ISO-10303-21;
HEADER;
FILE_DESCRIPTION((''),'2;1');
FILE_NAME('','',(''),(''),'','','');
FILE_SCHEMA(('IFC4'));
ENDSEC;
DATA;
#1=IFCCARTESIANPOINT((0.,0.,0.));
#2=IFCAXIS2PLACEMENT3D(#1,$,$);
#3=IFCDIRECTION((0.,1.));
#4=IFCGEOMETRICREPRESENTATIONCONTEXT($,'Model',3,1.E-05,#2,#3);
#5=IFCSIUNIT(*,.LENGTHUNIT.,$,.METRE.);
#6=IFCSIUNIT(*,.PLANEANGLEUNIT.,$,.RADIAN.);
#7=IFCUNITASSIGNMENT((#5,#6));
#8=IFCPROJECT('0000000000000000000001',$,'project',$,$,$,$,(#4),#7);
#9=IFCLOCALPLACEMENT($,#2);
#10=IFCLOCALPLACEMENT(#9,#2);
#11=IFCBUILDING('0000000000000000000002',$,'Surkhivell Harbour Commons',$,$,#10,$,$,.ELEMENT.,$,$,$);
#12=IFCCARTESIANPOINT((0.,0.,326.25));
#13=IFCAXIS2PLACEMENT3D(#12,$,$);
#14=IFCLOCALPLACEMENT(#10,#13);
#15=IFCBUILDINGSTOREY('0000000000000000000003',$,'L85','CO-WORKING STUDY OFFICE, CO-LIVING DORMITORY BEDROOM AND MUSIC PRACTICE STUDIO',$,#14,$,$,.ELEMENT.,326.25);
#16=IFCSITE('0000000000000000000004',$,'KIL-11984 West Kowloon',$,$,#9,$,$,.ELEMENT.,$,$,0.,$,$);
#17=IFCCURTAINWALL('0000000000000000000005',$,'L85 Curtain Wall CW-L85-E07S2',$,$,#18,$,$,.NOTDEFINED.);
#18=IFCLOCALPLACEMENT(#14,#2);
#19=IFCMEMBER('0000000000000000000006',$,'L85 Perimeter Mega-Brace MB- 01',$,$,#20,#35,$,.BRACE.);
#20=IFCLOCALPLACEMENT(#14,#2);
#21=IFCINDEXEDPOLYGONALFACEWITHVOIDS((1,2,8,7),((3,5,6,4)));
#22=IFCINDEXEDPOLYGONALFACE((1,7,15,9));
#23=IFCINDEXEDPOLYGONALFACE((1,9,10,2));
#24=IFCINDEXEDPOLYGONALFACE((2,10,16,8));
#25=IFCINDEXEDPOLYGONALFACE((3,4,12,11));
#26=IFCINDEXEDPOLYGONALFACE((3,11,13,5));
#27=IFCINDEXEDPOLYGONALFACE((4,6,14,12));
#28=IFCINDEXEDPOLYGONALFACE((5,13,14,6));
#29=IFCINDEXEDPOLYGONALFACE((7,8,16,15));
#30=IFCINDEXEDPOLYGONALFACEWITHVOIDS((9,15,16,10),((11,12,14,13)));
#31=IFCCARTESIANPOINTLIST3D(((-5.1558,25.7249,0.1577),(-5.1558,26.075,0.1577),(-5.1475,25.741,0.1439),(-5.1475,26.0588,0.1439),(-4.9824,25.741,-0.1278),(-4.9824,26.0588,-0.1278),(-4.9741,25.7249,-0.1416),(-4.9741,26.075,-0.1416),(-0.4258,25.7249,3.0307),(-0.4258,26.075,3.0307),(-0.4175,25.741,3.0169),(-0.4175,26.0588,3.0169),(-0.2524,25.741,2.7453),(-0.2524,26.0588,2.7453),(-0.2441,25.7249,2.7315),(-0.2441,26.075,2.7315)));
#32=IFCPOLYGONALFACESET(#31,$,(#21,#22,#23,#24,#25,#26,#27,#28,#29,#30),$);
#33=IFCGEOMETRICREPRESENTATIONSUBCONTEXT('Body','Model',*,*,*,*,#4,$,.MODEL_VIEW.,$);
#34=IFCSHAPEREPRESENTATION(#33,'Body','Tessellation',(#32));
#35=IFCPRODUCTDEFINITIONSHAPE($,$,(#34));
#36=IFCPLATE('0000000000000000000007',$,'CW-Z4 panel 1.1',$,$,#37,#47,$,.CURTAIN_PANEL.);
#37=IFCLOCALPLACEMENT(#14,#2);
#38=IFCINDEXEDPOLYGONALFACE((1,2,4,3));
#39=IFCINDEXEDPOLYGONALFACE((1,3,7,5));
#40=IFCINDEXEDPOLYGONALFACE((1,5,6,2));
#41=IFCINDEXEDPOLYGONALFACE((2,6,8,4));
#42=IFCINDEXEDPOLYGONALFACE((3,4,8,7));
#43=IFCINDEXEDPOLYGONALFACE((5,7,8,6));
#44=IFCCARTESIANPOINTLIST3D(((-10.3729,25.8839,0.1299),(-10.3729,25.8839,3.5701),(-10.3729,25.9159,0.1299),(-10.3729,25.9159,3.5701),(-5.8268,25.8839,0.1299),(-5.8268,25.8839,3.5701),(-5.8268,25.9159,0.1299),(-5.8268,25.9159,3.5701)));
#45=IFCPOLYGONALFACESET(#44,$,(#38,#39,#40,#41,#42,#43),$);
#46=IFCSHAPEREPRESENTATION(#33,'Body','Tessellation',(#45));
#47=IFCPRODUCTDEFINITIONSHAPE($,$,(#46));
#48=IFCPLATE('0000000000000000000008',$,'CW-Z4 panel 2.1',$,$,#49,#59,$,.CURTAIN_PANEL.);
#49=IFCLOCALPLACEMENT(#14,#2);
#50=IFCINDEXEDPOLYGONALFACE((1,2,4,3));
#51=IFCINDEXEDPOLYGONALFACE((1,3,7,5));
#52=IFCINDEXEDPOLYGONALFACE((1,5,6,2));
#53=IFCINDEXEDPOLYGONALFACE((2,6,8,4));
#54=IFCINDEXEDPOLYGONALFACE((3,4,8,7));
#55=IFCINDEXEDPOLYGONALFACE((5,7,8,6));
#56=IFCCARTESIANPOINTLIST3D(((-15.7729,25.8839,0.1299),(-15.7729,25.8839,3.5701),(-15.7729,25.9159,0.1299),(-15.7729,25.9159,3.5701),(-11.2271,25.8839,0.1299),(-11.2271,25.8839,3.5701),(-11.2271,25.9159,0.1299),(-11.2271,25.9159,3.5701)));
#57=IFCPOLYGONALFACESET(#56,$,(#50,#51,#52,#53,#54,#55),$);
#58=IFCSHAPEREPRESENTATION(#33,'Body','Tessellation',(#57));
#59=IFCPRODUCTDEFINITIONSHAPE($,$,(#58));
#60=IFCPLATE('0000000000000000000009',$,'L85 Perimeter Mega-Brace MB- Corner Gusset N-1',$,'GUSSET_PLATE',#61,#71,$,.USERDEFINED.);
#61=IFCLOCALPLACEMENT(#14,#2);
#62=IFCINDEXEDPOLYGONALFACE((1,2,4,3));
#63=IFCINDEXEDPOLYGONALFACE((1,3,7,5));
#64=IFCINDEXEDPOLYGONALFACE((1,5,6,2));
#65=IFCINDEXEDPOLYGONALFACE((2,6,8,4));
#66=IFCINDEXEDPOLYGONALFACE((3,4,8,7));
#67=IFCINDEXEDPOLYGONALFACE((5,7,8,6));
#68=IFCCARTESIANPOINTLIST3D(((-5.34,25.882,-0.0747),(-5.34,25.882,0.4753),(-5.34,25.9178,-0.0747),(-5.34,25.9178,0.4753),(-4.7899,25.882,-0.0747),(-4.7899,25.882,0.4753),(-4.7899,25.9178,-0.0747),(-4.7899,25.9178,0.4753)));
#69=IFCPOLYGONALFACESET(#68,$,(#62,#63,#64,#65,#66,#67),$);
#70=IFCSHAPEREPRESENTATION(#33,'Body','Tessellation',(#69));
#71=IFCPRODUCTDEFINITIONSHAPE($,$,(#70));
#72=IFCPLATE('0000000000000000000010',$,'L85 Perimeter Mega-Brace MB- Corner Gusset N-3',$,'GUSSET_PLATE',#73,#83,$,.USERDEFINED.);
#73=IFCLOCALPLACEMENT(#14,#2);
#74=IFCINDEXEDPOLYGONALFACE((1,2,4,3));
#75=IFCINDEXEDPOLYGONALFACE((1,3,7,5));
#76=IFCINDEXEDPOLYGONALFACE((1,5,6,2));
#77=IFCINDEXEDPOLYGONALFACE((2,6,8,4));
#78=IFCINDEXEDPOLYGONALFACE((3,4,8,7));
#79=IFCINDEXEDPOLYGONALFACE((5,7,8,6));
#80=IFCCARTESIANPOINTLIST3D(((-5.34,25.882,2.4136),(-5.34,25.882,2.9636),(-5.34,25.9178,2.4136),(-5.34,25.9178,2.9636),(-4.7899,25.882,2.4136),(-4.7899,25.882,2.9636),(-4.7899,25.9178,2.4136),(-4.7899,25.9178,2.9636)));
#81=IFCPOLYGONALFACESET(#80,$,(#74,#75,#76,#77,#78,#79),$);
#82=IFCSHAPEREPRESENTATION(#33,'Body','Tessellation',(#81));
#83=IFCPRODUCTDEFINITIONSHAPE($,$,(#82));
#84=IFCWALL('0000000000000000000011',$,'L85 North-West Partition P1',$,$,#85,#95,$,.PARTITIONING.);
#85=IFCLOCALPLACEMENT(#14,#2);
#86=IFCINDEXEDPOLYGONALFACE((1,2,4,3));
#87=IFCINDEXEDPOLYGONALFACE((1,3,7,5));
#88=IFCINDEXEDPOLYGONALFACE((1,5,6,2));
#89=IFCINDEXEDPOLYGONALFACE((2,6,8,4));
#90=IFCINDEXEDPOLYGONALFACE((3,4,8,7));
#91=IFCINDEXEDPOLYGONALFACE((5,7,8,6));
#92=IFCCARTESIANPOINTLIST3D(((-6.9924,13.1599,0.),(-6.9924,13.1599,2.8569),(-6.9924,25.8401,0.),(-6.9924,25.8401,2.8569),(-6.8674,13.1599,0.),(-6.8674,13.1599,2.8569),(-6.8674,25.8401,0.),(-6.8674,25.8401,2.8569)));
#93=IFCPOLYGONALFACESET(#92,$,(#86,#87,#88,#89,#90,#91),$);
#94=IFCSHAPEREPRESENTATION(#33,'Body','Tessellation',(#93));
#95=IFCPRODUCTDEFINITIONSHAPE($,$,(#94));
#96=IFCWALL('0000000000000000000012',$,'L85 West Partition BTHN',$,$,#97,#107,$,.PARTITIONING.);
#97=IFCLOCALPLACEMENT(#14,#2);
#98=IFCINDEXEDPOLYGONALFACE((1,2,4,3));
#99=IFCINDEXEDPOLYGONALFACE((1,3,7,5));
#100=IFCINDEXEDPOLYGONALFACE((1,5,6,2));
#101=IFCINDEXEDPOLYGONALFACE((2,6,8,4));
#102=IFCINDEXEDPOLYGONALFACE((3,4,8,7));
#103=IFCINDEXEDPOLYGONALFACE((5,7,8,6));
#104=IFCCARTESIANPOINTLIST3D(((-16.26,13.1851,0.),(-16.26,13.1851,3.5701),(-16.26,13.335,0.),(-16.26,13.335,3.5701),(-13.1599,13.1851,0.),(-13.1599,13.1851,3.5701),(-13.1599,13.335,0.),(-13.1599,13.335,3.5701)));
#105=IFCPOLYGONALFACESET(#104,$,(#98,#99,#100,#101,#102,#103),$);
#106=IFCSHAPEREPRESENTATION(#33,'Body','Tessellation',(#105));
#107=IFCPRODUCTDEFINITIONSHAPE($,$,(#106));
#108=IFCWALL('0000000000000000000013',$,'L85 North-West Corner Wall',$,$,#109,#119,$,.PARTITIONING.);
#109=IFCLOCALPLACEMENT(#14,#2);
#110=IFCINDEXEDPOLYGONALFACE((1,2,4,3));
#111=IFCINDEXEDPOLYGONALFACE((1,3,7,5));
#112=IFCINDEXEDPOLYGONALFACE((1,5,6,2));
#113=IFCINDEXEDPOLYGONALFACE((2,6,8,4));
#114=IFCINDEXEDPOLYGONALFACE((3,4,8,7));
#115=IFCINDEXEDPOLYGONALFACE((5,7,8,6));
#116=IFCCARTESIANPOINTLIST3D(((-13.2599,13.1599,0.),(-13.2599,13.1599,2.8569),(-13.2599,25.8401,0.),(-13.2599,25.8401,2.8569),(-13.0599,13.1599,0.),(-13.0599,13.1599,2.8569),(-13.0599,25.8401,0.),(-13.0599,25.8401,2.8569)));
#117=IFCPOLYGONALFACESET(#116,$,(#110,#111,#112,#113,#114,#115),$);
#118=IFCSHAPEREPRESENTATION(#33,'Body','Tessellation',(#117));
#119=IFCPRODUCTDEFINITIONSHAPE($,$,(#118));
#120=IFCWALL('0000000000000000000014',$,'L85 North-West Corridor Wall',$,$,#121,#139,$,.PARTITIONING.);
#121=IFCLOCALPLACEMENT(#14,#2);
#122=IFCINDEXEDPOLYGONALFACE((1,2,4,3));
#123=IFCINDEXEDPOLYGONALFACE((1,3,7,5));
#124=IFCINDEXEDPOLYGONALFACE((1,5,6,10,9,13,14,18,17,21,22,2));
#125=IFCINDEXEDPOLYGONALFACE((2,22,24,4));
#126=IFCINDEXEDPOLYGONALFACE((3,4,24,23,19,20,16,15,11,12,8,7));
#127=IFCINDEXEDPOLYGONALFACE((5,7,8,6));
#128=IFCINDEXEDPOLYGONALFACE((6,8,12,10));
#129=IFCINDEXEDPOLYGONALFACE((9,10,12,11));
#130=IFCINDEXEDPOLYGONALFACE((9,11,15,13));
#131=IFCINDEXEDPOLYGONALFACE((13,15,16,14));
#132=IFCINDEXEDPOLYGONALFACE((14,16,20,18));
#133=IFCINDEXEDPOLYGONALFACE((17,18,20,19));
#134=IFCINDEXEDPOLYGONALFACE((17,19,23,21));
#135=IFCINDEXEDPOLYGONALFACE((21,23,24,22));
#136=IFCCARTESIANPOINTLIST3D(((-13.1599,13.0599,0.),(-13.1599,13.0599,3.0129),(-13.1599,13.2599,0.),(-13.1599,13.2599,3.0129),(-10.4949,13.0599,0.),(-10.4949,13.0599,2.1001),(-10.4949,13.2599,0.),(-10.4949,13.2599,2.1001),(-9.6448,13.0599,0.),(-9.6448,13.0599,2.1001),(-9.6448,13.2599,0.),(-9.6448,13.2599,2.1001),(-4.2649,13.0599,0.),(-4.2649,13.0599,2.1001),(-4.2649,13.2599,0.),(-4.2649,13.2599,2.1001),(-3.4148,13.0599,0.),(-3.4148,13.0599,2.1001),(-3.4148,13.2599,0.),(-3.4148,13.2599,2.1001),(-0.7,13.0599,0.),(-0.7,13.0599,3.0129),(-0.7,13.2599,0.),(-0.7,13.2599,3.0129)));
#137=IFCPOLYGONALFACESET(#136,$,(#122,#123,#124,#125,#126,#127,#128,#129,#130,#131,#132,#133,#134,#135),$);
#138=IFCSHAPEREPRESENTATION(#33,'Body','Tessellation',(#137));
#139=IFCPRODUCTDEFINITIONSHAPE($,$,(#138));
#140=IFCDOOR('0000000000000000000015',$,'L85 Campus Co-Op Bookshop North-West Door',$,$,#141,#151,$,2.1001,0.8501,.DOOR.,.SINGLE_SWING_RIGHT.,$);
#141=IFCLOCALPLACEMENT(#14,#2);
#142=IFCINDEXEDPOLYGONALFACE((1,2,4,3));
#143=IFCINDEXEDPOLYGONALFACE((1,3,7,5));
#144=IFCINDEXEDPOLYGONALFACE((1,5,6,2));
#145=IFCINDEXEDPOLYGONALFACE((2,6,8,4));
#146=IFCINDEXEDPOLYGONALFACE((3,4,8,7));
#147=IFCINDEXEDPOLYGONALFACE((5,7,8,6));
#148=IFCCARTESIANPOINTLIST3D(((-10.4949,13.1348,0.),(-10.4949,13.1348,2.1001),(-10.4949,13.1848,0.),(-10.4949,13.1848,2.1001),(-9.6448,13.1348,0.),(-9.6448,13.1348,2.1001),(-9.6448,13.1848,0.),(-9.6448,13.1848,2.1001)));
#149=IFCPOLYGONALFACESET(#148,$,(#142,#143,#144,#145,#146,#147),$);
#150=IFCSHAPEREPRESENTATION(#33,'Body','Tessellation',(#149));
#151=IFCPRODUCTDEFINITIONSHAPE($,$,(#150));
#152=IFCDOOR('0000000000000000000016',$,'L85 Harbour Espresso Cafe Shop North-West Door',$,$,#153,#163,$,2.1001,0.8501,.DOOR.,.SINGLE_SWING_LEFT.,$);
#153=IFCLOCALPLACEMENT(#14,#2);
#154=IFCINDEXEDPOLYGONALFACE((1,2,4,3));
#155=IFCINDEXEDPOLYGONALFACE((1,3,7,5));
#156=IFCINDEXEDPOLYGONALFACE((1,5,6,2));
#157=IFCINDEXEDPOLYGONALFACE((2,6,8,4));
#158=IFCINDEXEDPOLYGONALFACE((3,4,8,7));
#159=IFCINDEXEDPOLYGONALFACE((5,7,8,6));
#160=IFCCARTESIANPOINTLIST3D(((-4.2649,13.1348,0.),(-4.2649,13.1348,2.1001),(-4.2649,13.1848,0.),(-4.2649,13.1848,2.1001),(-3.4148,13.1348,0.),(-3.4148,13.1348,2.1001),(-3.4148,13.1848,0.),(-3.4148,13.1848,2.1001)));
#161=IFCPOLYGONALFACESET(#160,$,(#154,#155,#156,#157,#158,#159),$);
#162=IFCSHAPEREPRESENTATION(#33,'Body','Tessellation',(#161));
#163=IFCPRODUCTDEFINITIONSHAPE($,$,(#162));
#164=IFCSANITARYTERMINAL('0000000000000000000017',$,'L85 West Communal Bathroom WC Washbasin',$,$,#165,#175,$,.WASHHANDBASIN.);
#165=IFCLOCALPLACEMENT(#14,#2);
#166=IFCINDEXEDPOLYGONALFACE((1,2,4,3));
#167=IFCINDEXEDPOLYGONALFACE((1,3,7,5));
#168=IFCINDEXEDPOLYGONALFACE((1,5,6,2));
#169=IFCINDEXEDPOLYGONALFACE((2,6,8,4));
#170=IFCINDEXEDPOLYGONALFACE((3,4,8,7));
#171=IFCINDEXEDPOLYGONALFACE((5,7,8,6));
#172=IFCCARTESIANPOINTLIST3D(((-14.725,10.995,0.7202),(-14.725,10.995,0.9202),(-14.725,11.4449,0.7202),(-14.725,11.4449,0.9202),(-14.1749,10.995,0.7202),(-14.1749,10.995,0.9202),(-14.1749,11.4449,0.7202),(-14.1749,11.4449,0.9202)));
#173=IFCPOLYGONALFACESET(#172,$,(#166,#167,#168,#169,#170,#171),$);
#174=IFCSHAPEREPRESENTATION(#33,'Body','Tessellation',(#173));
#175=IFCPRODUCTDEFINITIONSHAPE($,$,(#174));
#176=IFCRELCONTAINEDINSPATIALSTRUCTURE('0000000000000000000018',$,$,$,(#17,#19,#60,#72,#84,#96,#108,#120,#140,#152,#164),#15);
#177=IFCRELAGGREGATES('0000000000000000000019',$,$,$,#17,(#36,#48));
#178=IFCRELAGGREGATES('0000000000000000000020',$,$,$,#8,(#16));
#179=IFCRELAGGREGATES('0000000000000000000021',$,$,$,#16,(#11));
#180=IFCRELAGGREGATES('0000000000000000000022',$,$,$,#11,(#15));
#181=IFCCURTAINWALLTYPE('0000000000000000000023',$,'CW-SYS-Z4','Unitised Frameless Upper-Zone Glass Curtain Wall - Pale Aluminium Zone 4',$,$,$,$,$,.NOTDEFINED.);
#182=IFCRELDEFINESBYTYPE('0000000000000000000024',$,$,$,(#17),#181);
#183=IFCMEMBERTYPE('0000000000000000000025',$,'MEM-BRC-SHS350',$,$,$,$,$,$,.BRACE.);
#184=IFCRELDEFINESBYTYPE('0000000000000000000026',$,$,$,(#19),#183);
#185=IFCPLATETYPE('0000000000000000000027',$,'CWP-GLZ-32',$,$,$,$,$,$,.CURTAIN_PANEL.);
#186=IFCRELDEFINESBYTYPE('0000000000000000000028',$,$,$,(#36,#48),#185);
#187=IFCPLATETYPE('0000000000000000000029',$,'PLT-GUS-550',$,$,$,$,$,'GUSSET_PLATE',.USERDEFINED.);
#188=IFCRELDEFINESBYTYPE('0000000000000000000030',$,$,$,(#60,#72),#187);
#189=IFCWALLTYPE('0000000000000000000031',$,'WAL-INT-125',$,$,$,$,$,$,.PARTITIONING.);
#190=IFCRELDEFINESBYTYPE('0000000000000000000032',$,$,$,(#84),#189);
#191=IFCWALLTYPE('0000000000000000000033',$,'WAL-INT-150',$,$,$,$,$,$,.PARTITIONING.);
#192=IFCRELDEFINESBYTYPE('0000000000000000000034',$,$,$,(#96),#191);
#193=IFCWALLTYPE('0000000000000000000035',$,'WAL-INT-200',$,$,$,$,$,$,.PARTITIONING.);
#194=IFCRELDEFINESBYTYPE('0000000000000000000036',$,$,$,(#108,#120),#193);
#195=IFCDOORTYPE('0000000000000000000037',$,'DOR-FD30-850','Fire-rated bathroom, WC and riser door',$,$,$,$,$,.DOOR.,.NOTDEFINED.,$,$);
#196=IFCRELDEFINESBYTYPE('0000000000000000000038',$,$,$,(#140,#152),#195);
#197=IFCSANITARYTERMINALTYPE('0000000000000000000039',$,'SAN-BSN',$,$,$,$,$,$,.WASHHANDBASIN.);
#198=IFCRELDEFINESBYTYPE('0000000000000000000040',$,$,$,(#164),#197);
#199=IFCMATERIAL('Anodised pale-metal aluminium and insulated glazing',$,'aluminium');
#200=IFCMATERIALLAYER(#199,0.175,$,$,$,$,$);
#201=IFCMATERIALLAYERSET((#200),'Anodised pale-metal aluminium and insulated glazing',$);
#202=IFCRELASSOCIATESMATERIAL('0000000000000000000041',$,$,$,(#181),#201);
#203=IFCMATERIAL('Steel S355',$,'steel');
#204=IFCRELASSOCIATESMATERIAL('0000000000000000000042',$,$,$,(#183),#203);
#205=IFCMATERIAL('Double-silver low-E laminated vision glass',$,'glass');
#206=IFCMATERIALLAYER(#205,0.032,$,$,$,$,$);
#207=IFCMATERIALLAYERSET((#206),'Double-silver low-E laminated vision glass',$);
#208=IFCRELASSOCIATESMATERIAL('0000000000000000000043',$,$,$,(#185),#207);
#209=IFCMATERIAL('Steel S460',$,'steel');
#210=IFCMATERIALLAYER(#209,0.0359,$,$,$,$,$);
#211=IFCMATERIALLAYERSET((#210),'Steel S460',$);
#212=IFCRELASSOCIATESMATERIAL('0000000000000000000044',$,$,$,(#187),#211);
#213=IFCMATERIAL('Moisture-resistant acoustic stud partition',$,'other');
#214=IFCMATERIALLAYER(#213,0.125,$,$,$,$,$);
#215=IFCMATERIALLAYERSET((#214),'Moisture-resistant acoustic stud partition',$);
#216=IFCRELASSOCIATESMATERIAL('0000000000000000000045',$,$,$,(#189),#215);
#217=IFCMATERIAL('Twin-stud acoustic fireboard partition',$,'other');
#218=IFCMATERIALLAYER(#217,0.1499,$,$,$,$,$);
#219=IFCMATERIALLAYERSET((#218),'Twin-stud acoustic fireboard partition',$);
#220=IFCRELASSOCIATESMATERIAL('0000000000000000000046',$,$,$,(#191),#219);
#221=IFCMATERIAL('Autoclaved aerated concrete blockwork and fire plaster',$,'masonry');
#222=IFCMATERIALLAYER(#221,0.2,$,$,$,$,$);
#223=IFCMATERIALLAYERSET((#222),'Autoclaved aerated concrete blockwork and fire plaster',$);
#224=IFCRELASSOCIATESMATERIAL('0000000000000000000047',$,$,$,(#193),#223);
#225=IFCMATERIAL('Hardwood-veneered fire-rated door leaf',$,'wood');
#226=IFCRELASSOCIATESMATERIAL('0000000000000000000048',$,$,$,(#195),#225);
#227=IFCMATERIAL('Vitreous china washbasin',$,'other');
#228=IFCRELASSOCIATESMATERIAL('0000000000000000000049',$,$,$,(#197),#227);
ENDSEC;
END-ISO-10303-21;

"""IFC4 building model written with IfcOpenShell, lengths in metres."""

from ifc_helpers import new_model, si_unit, direction, frame, frame_2d, origin, origin_2d, place, context, subcontext, project, spatial, rectangle, hollow_rectangle, extrude, material, layer, layer_set, material_profile, profile_set, type_object, element, fill, aggregate, save


model = new_model("IFC4")

# Units and contexts
model_context = context("Model", 3, precision=1e-05, world=origin(), true_north=direction((0.0, 1.0)))
body_context = subcontext(model_context, "Body", "Model", "MODEL_VIEW")
ifc_project = project(units=[si_unit("LENGTHUNIT", "METRE"), si_unit("PLANEANGLEUNIT", "RADIAN")], contexts=[model_context])

# Site, building, storey
site_placement = place(None, origin())
site = spatial("IfcSite", under=ifc_project, at=site_placement, Name="KIL-11984 West Kowloon", CompositionType="ELEMENT", RefElevation=0.0)
building_placement = place(site_placement, origin())
building = spatial("IfcBuilding", under=site, at=building_placement, Name="Surkhivell Harbour Commons", CompositionType="ELEMENT")
storey_placement = place(building_placement, frame((0.0, 0.0, 326.25)))
storey = spatial("IfcBuildingStorey", under=building, at=storey_placement, Name="L85", Description="CO-WORKING STUDY OFFICE, CO-LIVING DORMITORY BEDROOM AND MUSIC PRACTICE STUDIO", CompositionType="ELEMENT", Elevation=326.25)

# Shared definitions
ifc_material_1 = material(Name="Steel S355", Category="steel")

# Curtain wall
ifc_material_2 = material(Name="Anodised pale-metal aluminium and insulated glazing", Category="aluminium")
ifc_layer_1 = layer(ifc_material_2, 0.175)
ifc_layer_set_1 = layer_set([ifc_layer_1], Name="Anodised pale-metal aluminium and insulated glazing")
curtain_wall_type = type_object("IfcCurtainWallType", Name="CW-SYS-Z4", Description="Unitised Frameless Upper-Zone Glass Curtain Wall - Pale Aluminium Zone 4", PredefinedType="NOTDEFINED", material=ifc_layer_set_1)
curtain_wall_placement = place(storey_placement, origin())
curtain_wall = element("IfcCurtainWall", 1, at=curtain_wall_placement, inside=storey, type_object=curtain_wall_type, Name="L85 Curtain Wall CW-L85-E07S2", PredefinedType="NOTDEFINED")

# Member
ifc_material_profile_1 = material_profile(ifc_material_1, hollow_rectangle(XDim=0.3501, YDim=0.3501, WallThickness=0.0161, at=origin_2d()), Name="SHS350x350x16")
ifc_profile_set_1 = profile_set([ifc_material_profile_1], Name="Steel S355")
member_type_1 = type_object("IfcMemberType", Name="MEM-BRC-SHS350", PredefinedType="BRACE", material=ifc_profile_set_1)
member_1_placement = place(storey_placement, frame((-5.0649, 25.8999, 0.0081), z_axis=(0.854685, 0.0, 0.519146), x_axis=(0.0, 1.0, 0.0)))
element("IfcMember", 2, at=member_1_placement, inside=storey, type_object=member_type_1, Name="L85 Perimeter Mega-Brace MB- 01", PredefinedType="BRACE", context=body_context, shape_type="SweptSolid", body=[
    extrude(hollow_rectangle(XDim=0.3501, YDim=0.3501, WallThickness=0.0161, at=origin_2d()), origin(), (0.0, 0.0, 1.0), 5.5342),
])

# Plates
ifc_material_3 = material(Name="Double-silver low-E laminated vision glass", Category="glass")
ifc_layer_2 = layer(ifc_material_3, 0.032)
ifc_layer_set_2 = layer_set([ifc_layer_2], Name="Double-silver low-E laminated vision glass")
plate_type_1 = type_object("IfcPlateType", Name="CWP-GLZ-32", PredefinedType="CURTAIN_PANEL", material=ifc_layer_set_2)
plate_1_placement = place(storey_placement, frame((-5.8269, 25.8999, 0.1299), z_axis=(0.0, 0.0, 1.0), x_axis=(-1.0, 0.0, 0.0)))
plate_1 = element("IfcPlate", 3, at=plate_1_placement, type_object=plate_type_1, Name="CW-Z4 panel 1.1", PredefinedType="CURTAIN_PANEL", context=body_context, shape_type="SweptSolid", body=[
    extrude(rectangle(XDim=4.5461, YDim=0.032, at=frame_2d((2.2729, 0.0))), origin(), (0.0, 0.0, 1.0), 3.4402),
])
plate_2_placement = place(storey_placement, frame((-11.2271, 25.8999, 0.1299), z_axis=(0.0, 0.0, 1.0), x_axis=(-1.0, 0.0, 0.0)))
plate_2 = element("IfcPlate", 4, at=plate_2_placement, type_object=plate_type_1, Name="CW-Z4 panel 2.1", PredefinedType="CURTAIN_PANEL", context=body_context, shape_type="SweptSolid", body=[
    extrude(rectangle(XDim=4.5459, YDim=0.032, at=frame_2d((2.2729, 0.0))), origin(), (0.0, 0.0, 1.0), 3.4402),
])
aggregate(curtain_wall, [plate_1, plate_2])

# Plates
ifc_material_4 = material(Name="Steel S460", Category="steel")
ifc_layer_3 = layer(ifc_material_4, 0.0359)
ifc_layer_set_3 = layer_set([ifc_layer_3], Name="Steel S460")
plate_type_2 = type_object("IfcPlateType", Name="PLT-GUS-550", ElementType="GUSSET_PLATE", PredefinedType="USERDEFINED", material=ifc_layer_set_3)
for number, where, z_axis, x_axis, name in (
    (5, (-5.0649, 25.8999, -0.0747), (0.0, 0.0, 1.0), (1.0, 0.0, 0.0), "L85 Perimeter Mega-Brace MB- Corner Gusset N-1"),
    (6, (-5.0649, 25.8999, 2.4136), (0.0, 0.0, 1.0), (1.0, 0.0, 0.0), "L85 Perimeter Mega-Brace MB- Corner Gusset N-3"),
):
    element("IfcPlate", number, at=place(storey_placement, frame(where, z_axis=z_axis, x_axis=x_axis)), inside=storey, type_object=plate_type_2, Name=name, ObjectType="GUSSET_PLATE", PredefinedType="USERDEFINED", context=body_context, shape_type="SweptSolid", body=[
        extrude(rectangle(XDim=0.55, YDim=0.0359, at=origin_2d()), origin(), (0.0, 0.0, 1.0), 0.55),
    ])

# Walls
ifc_material_5 = material(Name="Moisture-resistant acoustic stud partition", Category="other")
ifc_layer_4 = layer(ifc_material_5, 0.125)
ifc_layer_set_4 = layer_set([ifc_layer_4], Name="Moisture-resistant acoustic stud partition")
wall_type_1 = type_object("IfcWallType", Name="WAL-INT-125", PredefinedType="PARTITIONING", material=ifc_layer_set_4)
wall_1_placement = place(storey_placement, frame((-6.9299, 13.1599, 0.0), z_axis=(0.0, 0.0, 1.0), x_axis=(0.0, 1.0, 0.0)))
element("IfcWall", 7, at=wall_1_placement, inside=storey, type_object=wall_type_1, Name="L85 North-West Partition P1", PredefinedType="PARTITIONING", context=body_context, shape_type="SweptSolid", body=[
    extrude(rectangle(XDim=12.6802, YDim=0.125, at=frame_2d((6.3401, 0.0))), origin(), (0.0, 0.0, 1.0), 2.8569),
])
ifc_material_6 = material(Name="Twin-stud acoustic fireboard partition", Category="other")
ifc_layer_5 = layer(ifc_material_6, 0.1499)
ifc_layer_set_5 = layer_set([ifc_layer_5], Name="Twin-stud acoustic fireboard partition")
wall_type_2 = type_object("IfcWallType", Name="WAL-INT-150", PredefinedType="PARTITIONING", material=ifc_layer_set_5)
wall_2_placement = place(storey_placement, frame((-16.26, 13.26, 0.0), z_axis=(0.0, 0.0, 1.0), x_axis=(1.0, 0.0, 0.0)))
element("IfcWall", 8, at=wall_2_placement, inside=storey, type_object=wall_type_2, Name="L85 West Partition BTHN", PredefinedType="PARTITIONING", context=body_context, shape_type="SweptSolid", body=[
    extrude(rectangle(XDim=3.1001, YDim=0.1499, at=frame_2d((1.55, 0.0))), origin(), (0.0, 0.0, 1.0), 3.5701),
])
ifc_material_7 = material(Name="Autoclaved aerated concrete blockwork and fire plaster", Category="masonry")
ifc_layer_6 = layer(ifc_material_7, 0.2)
ifc_layer_set_6 = layer_set([ifc_layer_6], Name="Autoclaved aerated concrete blockwork and fire plaster")
wall_type_3 = type_object("IfcWallType", Name="WAL-INT-200", PredefinedType="PARTITIONING", material=ifc_layer_set_6)
wall_3_placement = place(storey_placement, frame((-13.1599, 13.1599, 0.0), z_axis=(0.0, 0.0, 1.0), x_axis=(0.0, 1.0, 0.0)))
element("IfcWall", 9, at=wall_3_placement, inside=storey, type_object=wall_type_3, Name="L85 North-West Corner Wall", PredefinedType="PARTITIONING", context=body_context, shape_type="SweptSolid", body=[
    extrude(rectangle(XDim=12.6802, YDim=0.2, at=frame_2d((6.3401, 0.0))), origin(), (0.0, 0.0, 1.0), 2.8569),
])

# Wall, openings, doors
wall_4_placement = place(storey_placement, frame((-13.1599, 13.1599, 0.0), z_axis=(0.0, 0.0, 1.0), x_axis=(1.0, 0.0, 0.0)))
wall_4 = element("IfcWall", 10, at=wall_4_placement, inside=storey, type_object=wall_type_3, Name="L85 North-West Corridor Wall", PredefinedType="PARTITIONING", context=body_context, shape_type="SweptSolid", body=[
    extrude(rectangle(XDim=12.46, YDim=0.2, at=frame_2d((6.23, 0.0))), origin(), (0.0, 0.0, 1.0), 3.0129),
])
opening_1_placement = place(wall_4_placement, frame((2.665, 0.0, 0.0)))
opening_1 = element("IfcOpeningElement", 11, at=opening_1_placement, cuts=wall_4, PredefinedType="OPENING", context=body_context, shape_type="SweptSolid", body=[
    extrude(rectangle(XDim=0.8501, YDim=2.1001, at=frame_2d((0.425, 1.05))), frame((0.0, 0.1099, 0.0), z_axis=(0.0, -1.0, 0.0), x_axis=(1.0, 0.0, 0.0)), (0.0, 0.0, 1.0), 0.22),
])
opening_2_placement = place(wall_4_placement, frame((8.895, 0.0, 0.0)))
opening_2 = element("IfcOpeningElement", 12, at=opening_2_placement, cuts=wall_4, PredefinedType="OPENING", context=body_context, shape_type="SweptSolid", body=[
    extrude(rectangle(XDim=0.8501, YDim=2.1001, at=frame_2d((0.425, 1.05))), frame((0.0, 0.1099, 0.0), z_axis=(0.0, -1.0, 0.0), x_axis=(1.0, 0.0, 0.0)), (0.0, 0.0, 1.0), 0.22),
])
ifc_material_8 = material(Name="Hardwood-veneered fire-rated door leaf", Category="wood")
door_type = type_object("IfcDoorType", Name="DOR-FD30-850", Description="Fire-rated bathroom, WC and riser door", OperationType="NOTDEFINED", PredefinedType="DOOR", material=ifc_material_8)
door_1_placement = place(opening_1_placement, origin())
door_1 = element("IfcDoor", 13, at=door_1_placement, inside=storey, type_object=door_type, Name="L85 Campus Co-Op Bookshop North-West Door", OperationType="SINGLE_SWING_RIGHT", OverallHeight=2.1001, OverallWidth=0.8501, PredefinedType="DOOR", context=body_context, shape_type="SweptSolid", body=[
    extrude(rectangle(XDim=0.8501, YDim=2.1001, at=frame_2d((0.425, 1.05))), frame((0.0, 0.0249, 0.0), z_axis=(0.0, -1.0, 0.0), x_axis=(1.0, 0.0, 0.0)), (0.0, 0.0, 1.0), 0.05),
])
fill(opening_1, door_1)
door_2_placement = place(opening_2_placement, origin())
door_2 = element("IfcDoor", 14, at=door_2_placement, inside=storey, type_object=door_type, Name="L85 Harbour Espresso Cafe Shop North-West Door", OperationType="SINGLE_SWING_LEFT", OverallHeight=2.1001, OverallWidth=0.8501, PredefinedType="DOOR", context=body_context, shape_type="SweptSolid", body=[
    extrude(rectangle(XDim=0.8501, YDim=2.1001, at=frame_2d((0.425, 1.05))), frame((0.0, 0.0249, 0.0), z_axis=(0.0, -1.0, 0.0), x_axis=(1.0, 0.0, 0.0)), (0.0, 0.0, 1.0), 0.05),
])
fill(opening_2, door_2)

# Sanitary terminal
ifc_material_9 = material(Name="Vitreous china washbasin", Category="other")
sanitary_terminal_type_1 = type_object("IfcSanitaryTerminalType", Name="SAN-BSN", PredefinedType="WASHHANDBASIN", material=ifc_material_9)
sanitary_terminal_1_placement = place(storey_placement, frame((-14.45, 11.22, 0.7202), z_axis=(0.0, 0.0, 1.0), x_axis=(1.0, 0.0, 0.0)))
element("IfcSanitaryTerminal", 15, at=sanitary_terminal_1_placement, inside=storey, type_object=sanitary_terminal_type_1, Name="L85 West Communal Bathroom WC Washbasin", PredefinedType="WASHHANDBASIN", context=body_context, shape_type="SweptSolid", body=[
    extrude(rectangle(XDim=0.55, YDim=0.45, at=origin_2d()), origin(), (0.0, 0.0, 1.0), 0.2),
])

save(model, "model.ifc")
